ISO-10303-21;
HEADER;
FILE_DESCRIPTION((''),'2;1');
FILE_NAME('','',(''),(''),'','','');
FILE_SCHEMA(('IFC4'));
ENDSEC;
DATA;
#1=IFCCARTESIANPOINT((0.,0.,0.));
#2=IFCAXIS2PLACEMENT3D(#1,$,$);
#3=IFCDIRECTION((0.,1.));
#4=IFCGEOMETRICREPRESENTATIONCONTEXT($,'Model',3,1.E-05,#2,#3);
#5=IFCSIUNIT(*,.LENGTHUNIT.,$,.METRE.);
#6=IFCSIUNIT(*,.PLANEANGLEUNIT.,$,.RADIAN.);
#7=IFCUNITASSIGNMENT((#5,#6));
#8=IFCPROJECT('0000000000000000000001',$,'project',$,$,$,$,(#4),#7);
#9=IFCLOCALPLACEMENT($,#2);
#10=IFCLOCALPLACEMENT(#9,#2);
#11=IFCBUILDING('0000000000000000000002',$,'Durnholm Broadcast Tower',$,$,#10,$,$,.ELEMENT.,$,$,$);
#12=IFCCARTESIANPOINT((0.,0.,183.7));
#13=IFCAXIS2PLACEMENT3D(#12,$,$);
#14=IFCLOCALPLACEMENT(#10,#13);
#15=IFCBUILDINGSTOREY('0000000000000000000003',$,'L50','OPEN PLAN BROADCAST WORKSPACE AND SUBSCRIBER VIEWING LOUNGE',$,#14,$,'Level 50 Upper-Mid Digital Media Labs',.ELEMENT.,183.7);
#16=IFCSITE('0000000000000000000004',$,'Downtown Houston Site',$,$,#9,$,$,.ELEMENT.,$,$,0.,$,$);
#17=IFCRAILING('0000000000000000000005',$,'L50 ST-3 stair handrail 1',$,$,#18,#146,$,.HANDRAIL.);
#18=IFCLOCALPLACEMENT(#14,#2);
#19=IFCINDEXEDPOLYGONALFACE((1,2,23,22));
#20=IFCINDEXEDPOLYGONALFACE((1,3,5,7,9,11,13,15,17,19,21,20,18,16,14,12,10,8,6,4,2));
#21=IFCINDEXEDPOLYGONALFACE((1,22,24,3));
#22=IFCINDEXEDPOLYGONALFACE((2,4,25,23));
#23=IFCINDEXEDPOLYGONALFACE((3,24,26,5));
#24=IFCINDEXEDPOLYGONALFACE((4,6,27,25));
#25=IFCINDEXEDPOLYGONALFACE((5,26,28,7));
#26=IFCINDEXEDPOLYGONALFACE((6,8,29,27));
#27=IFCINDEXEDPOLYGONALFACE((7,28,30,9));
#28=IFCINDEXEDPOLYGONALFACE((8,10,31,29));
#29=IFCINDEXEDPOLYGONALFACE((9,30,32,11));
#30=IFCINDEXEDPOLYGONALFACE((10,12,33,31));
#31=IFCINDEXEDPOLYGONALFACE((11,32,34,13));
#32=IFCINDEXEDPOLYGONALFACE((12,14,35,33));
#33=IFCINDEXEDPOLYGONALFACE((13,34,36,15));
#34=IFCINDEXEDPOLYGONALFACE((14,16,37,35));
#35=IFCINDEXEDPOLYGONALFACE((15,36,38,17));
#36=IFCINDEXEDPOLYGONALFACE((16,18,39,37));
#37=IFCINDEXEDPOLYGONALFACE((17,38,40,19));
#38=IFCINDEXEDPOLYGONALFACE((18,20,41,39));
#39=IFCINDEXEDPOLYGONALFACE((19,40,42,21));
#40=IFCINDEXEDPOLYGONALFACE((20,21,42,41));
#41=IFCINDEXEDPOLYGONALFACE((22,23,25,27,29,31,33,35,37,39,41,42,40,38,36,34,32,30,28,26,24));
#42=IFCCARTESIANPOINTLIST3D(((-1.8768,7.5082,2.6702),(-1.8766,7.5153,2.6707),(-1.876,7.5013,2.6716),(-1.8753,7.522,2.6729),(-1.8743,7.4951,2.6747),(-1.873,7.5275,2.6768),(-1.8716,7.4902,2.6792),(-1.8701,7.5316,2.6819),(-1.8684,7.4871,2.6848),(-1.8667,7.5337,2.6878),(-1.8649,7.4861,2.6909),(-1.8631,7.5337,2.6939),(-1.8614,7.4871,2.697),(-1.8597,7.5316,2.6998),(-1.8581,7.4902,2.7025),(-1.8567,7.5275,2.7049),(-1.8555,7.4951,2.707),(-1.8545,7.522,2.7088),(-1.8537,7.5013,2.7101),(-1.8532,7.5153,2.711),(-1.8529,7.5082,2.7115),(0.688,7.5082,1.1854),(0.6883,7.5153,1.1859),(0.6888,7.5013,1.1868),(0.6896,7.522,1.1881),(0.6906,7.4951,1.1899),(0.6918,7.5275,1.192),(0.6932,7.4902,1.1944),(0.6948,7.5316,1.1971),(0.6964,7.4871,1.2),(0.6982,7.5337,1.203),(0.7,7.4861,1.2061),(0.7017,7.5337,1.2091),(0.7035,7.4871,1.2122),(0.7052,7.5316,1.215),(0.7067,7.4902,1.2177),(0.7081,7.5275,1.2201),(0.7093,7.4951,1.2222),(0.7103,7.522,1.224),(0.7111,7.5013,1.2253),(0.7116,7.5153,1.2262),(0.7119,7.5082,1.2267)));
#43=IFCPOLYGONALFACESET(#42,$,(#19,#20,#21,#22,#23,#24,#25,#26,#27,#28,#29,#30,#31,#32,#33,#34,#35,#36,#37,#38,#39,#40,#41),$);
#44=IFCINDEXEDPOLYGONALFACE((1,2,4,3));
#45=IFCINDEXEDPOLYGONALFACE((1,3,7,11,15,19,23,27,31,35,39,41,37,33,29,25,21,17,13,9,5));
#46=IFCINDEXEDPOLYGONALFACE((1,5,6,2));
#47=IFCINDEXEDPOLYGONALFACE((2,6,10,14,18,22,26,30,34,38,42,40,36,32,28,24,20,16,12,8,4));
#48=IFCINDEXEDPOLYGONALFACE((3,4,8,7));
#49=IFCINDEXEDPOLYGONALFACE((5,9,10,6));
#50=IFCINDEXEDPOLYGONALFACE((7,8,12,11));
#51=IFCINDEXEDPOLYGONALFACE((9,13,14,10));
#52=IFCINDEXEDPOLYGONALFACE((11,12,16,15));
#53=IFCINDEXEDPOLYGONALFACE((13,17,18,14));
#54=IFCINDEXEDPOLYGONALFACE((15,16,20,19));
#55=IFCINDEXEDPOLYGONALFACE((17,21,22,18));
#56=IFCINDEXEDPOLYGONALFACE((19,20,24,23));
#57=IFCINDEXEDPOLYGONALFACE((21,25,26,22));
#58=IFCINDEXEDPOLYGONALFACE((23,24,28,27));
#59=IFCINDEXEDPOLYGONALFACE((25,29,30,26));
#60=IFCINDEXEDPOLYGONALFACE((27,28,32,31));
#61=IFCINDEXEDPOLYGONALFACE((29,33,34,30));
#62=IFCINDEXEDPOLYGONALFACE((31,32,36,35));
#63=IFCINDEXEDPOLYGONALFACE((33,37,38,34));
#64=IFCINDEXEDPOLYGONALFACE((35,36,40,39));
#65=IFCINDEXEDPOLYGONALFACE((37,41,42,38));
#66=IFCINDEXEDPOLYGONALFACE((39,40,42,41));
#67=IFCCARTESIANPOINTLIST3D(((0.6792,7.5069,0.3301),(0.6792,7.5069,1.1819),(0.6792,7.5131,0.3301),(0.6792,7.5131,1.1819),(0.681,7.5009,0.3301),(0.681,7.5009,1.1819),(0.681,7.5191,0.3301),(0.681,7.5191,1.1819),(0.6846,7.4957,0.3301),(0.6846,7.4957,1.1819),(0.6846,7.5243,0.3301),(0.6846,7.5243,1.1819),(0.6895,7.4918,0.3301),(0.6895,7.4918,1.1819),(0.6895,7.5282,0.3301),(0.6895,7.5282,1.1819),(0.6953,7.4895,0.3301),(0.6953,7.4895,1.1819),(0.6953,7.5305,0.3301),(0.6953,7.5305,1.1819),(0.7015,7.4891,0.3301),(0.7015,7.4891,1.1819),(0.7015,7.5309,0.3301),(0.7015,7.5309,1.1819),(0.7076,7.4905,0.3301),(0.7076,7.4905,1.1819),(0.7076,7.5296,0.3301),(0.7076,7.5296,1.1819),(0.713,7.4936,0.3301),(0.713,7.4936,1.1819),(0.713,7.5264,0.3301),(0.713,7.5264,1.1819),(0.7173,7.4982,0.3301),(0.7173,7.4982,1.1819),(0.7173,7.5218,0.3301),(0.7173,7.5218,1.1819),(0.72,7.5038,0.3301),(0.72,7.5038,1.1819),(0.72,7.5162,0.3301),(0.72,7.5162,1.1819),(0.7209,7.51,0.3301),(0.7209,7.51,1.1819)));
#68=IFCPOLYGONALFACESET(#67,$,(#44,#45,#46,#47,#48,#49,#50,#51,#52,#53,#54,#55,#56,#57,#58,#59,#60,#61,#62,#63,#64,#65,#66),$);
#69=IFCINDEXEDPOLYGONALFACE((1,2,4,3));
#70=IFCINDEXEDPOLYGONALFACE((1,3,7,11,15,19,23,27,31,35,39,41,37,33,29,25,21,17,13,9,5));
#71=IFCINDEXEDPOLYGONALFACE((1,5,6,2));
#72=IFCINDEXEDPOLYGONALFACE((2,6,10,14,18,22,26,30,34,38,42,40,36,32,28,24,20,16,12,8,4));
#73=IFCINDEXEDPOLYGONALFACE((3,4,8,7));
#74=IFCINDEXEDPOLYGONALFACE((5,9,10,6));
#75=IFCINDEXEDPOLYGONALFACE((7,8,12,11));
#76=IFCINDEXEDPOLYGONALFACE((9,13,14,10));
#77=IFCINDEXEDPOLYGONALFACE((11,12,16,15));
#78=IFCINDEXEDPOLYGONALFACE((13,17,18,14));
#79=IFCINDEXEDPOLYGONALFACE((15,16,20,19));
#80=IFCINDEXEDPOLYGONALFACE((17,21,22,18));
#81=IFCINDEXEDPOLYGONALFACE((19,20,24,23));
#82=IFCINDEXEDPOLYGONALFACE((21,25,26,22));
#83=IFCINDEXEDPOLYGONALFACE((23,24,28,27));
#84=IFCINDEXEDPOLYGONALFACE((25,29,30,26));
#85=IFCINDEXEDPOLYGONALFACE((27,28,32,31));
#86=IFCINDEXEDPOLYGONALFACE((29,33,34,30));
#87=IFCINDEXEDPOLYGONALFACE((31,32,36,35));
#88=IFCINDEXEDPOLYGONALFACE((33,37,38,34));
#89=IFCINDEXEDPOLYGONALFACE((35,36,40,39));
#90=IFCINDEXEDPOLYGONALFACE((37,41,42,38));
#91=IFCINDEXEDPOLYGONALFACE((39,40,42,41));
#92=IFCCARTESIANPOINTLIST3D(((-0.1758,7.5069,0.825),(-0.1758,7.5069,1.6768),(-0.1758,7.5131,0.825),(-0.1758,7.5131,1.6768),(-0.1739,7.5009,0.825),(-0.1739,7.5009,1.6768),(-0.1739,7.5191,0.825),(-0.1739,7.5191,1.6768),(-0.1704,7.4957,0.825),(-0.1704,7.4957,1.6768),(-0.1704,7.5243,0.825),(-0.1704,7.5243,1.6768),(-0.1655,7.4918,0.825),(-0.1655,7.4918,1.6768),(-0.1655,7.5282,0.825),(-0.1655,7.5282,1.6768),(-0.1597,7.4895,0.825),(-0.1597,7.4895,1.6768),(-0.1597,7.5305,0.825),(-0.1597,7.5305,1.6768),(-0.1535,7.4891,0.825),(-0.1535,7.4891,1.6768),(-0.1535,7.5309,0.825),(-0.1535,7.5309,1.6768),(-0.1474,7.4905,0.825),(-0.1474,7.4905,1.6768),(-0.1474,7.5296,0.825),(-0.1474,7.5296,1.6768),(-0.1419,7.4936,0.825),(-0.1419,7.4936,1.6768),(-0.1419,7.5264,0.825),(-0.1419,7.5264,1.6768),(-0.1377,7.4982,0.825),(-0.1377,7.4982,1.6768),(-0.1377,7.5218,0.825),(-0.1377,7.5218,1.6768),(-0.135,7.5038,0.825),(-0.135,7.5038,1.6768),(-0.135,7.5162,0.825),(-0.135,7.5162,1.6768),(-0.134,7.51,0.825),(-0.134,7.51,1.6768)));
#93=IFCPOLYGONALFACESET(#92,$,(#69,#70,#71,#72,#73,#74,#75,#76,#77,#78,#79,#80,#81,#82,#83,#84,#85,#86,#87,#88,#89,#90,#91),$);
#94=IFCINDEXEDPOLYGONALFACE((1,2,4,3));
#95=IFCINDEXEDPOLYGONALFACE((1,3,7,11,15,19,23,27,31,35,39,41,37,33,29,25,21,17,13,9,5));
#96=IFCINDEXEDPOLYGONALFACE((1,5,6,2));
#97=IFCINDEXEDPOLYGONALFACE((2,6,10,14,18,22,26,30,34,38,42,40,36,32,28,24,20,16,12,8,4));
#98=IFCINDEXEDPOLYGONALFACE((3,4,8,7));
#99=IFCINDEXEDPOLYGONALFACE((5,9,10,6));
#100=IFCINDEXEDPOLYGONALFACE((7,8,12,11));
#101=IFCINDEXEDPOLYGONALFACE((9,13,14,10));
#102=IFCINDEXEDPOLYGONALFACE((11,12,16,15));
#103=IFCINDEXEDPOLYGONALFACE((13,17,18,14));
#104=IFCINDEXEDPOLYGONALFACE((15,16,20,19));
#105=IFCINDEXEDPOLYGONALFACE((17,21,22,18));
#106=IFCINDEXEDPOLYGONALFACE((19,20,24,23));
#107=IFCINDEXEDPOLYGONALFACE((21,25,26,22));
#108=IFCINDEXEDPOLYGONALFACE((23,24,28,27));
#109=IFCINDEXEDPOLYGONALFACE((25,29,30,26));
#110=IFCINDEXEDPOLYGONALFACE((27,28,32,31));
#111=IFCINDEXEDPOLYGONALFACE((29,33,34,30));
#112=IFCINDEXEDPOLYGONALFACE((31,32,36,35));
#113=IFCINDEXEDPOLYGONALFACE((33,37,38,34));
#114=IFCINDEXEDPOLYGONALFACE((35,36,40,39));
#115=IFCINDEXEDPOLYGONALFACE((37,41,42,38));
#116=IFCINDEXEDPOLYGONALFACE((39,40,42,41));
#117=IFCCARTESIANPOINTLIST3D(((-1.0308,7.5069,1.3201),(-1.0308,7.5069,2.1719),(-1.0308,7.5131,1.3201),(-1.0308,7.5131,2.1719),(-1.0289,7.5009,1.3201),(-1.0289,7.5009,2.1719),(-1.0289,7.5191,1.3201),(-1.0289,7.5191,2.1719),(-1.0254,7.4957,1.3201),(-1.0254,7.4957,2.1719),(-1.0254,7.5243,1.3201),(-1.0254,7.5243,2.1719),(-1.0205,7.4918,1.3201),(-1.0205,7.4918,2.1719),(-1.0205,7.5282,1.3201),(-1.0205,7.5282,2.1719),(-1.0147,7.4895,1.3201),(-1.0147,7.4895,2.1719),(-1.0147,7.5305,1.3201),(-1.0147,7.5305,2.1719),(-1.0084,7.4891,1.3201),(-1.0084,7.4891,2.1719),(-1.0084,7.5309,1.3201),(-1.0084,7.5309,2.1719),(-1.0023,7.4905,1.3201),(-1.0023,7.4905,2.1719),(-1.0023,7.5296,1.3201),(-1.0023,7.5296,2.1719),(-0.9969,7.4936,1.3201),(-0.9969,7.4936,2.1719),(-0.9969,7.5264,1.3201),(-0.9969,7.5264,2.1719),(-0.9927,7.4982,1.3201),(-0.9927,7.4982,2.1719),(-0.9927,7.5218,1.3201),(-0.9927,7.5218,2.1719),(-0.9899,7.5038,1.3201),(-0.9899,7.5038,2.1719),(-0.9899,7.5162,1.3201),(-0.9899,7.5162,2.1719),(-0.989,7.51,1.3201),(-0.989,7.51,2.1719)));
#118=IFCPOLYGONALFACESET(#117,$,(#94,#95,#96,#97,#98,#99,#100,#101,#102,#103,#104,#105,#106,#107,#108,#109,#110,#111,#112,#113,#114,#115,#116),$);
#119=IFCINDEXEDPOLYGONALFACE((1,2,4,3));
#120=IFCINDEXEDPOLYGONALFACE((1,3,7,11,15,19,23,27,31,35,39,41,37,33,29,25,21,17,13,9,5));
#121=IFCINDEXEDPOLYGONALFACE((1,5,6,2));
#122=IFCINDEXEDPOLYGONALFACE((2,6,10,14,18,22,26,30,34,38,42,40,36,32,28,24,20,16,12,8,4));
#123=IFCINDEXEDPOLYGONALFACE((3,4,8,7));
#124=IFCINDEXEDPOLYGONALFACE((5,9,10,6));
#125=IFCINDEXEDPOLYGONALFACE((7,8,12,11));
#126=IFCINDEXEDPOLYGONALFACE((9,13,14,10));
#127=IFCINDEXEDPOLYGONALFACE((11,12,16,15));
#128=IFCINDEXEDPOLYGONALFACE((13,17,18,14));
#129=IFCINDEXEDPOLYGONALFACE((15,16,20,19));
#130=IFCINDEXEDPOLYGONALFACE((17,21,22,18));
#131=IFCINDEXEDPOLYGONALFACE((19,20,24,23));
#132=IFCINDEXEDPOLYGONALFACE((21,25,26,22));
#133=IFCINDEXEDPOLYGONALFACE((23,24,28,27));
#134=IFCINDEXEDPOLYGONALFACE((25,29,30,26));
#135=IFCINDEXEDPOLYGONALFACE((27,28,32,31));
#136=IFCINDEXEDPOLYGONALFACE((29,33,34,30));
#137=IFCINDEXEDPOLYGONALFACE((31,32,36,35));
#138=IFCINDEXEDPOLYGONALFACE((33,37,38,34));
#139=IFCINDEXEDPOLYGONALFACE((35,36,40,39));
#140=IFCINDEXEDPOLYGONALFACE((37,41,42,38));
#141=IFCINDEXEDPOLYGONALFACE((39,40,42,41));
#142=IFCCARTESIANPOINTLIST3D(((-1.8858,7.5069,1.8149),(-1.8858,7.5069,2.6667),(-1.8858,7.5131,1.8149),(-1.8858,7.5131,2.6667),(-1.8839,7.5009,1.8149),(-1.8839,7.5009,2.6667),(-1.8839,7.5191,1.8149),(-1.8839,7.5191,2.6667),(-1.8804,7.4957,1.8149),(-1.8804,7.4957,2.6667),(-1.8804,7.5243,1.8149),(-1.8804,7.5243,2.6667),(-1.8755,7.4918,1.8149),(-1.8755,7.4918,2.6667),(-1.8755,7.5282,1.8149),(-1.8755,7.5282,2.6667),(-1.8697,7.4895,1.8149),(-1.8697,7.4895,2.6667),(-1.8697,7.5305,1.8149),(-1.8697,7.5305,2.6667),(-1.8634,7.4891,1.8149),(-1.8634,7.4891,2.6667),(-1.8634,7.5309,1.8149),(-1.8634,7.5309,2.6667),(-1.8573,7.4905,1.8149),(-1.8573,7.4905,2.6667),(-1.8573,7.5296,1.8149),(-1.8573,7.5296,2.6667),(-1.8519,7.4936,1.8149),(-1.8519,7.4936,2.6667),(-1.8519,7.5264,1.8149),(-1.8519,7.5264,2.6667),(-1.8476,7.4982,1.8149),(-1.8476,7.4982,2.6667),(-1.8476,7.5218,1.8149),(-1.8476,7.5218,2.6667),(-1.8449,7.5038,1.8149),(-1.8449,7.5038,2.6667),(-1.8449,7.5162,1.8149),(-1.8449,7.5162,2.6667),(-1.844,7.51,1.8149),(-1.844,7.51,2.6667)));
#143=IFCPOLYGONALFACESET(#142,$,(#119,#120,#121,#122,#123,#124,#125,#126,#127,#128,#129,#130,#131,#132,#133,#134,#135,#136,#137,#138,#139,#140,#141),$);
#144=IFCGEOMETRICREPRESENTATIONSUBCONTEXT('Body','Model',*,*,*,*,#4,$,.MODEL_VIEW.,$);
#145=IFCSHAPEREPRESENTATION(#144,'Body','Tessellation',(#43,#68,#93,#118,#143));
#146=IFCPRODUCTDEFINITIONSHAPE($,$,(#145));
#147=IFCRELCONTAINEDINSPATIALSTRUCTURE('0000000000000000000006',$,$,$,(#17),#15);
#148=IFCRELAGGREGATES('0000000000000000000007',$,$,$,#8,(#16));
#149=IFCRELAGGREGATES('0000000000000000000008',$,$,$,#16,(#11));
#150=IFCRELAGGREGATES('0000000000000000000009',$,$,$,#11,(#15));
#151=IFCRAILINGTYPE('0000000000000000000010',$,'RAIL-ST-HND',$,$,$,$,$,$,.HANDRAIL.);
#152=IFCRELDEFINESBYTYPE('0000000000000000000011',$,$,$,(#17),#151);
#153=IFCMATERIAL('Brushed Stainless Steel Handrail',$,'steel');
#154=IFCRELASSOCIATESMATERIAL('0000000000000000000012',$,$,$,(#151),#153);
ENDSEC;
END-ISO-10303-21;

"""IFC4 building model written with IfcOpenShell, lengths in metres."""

from ifc_helpers import new_model, si_unit, direction, frame, origin, origin_2d, place, context, subcontext, project, spatial, circle, extrude, material, type_object, element, save


model = new_model("IFC4")

# Units and contexts
model_context = context("Model", 3, precision=1e-05, world=origin(), true_north=direction((0.0, 1.0)))
body_context = subcontext(model_context, "Body", "Model", "MODEL_VIEW")
ifc_project = project(units=[si_unit("LENGTHUNIT", "METRE"), si_unit("PLANEANGLEUNIT", "RADIAN")], contexts=[model_context])

# Site, building, storey
site_placement = place(None, origin())
site = spatial("IfcSite", under=ifc_project, at=site_placement, Name="Downtown Houston Site", CompositionType="ELEMENT", RefElevation=0.0)
building_placement = place(site_placement, origin())
building = spatial("IfcBuilding", under=site, at=building_placement, Name="Durnholm Broadcast Tower", CompositionType="ELEMENT")
storey_placement = place(building_placement, frame((0.0, 0.0, 183.7)))
storey = spatial("IfcBuildingStorey", under=building, at=storey_placement, Name="L50", Description="OPEN PLAN BROADCAST WORKSPACE AND SUBSCRIBER VIEWING LOUNGE", LongName="Level 50 Upper-Mid Digital Media Labs", CompositionType="ELEMENT", Elevation=183.7)

# Railing
ifc_material_1 = material(Name="Brushed Stainless Steel Handrail", Category="steel")
railing_type_1 = type_object("IfcRailingType", Name="RAIL-ST-HND", PredefinedType="HANDRAIL", material=ifc_material_1)
railing_1_placement = place(storey_placement, frame((0.7, 7.51, 0.3301)))
element("IfcRailing", 1, at=railing_1_placement, inside=storey, type_object=railing_type_1, Name="L50 ST-3 stair handrail 1", PredefinedType="HANDRAIL", context=body_context, shape_type="SweptSolid", body=[
    extrude(circle(Radius=0.0239, at=origin_2d()), frame((0.0, 0.0, 0.876), z_axis=(-0.865441, 0.0, 0.50101), x_axis=(0.0, -1.0, 0.0)), (0.0, 0.0, 1.0), 2.9636),
    extrude(circle(Radius=0.021, at=origin_2d()), origin(), (0.0, 0.0, 1.0), 0.8518),
    extrude(circle(Radius=0.021, at=origin_2d()), frame((-0.855, 0.0, 0.4949)), (0.0, 0.0, 1.0), 0.8518),
    extrude(circle(Radius=0.021, at=origin_2d()), frame((-1.71, 0.0, 0.99)), (0.0, 0.0, 1.0), 0.8518),
    extrude(circle(Radius=0.021, at=origin_2d()), frame((-2.5649, 0.0, 1.4849)), (0.0, 0.0, 1.0), 0.8518),
])

save(model, "model.ifc")
